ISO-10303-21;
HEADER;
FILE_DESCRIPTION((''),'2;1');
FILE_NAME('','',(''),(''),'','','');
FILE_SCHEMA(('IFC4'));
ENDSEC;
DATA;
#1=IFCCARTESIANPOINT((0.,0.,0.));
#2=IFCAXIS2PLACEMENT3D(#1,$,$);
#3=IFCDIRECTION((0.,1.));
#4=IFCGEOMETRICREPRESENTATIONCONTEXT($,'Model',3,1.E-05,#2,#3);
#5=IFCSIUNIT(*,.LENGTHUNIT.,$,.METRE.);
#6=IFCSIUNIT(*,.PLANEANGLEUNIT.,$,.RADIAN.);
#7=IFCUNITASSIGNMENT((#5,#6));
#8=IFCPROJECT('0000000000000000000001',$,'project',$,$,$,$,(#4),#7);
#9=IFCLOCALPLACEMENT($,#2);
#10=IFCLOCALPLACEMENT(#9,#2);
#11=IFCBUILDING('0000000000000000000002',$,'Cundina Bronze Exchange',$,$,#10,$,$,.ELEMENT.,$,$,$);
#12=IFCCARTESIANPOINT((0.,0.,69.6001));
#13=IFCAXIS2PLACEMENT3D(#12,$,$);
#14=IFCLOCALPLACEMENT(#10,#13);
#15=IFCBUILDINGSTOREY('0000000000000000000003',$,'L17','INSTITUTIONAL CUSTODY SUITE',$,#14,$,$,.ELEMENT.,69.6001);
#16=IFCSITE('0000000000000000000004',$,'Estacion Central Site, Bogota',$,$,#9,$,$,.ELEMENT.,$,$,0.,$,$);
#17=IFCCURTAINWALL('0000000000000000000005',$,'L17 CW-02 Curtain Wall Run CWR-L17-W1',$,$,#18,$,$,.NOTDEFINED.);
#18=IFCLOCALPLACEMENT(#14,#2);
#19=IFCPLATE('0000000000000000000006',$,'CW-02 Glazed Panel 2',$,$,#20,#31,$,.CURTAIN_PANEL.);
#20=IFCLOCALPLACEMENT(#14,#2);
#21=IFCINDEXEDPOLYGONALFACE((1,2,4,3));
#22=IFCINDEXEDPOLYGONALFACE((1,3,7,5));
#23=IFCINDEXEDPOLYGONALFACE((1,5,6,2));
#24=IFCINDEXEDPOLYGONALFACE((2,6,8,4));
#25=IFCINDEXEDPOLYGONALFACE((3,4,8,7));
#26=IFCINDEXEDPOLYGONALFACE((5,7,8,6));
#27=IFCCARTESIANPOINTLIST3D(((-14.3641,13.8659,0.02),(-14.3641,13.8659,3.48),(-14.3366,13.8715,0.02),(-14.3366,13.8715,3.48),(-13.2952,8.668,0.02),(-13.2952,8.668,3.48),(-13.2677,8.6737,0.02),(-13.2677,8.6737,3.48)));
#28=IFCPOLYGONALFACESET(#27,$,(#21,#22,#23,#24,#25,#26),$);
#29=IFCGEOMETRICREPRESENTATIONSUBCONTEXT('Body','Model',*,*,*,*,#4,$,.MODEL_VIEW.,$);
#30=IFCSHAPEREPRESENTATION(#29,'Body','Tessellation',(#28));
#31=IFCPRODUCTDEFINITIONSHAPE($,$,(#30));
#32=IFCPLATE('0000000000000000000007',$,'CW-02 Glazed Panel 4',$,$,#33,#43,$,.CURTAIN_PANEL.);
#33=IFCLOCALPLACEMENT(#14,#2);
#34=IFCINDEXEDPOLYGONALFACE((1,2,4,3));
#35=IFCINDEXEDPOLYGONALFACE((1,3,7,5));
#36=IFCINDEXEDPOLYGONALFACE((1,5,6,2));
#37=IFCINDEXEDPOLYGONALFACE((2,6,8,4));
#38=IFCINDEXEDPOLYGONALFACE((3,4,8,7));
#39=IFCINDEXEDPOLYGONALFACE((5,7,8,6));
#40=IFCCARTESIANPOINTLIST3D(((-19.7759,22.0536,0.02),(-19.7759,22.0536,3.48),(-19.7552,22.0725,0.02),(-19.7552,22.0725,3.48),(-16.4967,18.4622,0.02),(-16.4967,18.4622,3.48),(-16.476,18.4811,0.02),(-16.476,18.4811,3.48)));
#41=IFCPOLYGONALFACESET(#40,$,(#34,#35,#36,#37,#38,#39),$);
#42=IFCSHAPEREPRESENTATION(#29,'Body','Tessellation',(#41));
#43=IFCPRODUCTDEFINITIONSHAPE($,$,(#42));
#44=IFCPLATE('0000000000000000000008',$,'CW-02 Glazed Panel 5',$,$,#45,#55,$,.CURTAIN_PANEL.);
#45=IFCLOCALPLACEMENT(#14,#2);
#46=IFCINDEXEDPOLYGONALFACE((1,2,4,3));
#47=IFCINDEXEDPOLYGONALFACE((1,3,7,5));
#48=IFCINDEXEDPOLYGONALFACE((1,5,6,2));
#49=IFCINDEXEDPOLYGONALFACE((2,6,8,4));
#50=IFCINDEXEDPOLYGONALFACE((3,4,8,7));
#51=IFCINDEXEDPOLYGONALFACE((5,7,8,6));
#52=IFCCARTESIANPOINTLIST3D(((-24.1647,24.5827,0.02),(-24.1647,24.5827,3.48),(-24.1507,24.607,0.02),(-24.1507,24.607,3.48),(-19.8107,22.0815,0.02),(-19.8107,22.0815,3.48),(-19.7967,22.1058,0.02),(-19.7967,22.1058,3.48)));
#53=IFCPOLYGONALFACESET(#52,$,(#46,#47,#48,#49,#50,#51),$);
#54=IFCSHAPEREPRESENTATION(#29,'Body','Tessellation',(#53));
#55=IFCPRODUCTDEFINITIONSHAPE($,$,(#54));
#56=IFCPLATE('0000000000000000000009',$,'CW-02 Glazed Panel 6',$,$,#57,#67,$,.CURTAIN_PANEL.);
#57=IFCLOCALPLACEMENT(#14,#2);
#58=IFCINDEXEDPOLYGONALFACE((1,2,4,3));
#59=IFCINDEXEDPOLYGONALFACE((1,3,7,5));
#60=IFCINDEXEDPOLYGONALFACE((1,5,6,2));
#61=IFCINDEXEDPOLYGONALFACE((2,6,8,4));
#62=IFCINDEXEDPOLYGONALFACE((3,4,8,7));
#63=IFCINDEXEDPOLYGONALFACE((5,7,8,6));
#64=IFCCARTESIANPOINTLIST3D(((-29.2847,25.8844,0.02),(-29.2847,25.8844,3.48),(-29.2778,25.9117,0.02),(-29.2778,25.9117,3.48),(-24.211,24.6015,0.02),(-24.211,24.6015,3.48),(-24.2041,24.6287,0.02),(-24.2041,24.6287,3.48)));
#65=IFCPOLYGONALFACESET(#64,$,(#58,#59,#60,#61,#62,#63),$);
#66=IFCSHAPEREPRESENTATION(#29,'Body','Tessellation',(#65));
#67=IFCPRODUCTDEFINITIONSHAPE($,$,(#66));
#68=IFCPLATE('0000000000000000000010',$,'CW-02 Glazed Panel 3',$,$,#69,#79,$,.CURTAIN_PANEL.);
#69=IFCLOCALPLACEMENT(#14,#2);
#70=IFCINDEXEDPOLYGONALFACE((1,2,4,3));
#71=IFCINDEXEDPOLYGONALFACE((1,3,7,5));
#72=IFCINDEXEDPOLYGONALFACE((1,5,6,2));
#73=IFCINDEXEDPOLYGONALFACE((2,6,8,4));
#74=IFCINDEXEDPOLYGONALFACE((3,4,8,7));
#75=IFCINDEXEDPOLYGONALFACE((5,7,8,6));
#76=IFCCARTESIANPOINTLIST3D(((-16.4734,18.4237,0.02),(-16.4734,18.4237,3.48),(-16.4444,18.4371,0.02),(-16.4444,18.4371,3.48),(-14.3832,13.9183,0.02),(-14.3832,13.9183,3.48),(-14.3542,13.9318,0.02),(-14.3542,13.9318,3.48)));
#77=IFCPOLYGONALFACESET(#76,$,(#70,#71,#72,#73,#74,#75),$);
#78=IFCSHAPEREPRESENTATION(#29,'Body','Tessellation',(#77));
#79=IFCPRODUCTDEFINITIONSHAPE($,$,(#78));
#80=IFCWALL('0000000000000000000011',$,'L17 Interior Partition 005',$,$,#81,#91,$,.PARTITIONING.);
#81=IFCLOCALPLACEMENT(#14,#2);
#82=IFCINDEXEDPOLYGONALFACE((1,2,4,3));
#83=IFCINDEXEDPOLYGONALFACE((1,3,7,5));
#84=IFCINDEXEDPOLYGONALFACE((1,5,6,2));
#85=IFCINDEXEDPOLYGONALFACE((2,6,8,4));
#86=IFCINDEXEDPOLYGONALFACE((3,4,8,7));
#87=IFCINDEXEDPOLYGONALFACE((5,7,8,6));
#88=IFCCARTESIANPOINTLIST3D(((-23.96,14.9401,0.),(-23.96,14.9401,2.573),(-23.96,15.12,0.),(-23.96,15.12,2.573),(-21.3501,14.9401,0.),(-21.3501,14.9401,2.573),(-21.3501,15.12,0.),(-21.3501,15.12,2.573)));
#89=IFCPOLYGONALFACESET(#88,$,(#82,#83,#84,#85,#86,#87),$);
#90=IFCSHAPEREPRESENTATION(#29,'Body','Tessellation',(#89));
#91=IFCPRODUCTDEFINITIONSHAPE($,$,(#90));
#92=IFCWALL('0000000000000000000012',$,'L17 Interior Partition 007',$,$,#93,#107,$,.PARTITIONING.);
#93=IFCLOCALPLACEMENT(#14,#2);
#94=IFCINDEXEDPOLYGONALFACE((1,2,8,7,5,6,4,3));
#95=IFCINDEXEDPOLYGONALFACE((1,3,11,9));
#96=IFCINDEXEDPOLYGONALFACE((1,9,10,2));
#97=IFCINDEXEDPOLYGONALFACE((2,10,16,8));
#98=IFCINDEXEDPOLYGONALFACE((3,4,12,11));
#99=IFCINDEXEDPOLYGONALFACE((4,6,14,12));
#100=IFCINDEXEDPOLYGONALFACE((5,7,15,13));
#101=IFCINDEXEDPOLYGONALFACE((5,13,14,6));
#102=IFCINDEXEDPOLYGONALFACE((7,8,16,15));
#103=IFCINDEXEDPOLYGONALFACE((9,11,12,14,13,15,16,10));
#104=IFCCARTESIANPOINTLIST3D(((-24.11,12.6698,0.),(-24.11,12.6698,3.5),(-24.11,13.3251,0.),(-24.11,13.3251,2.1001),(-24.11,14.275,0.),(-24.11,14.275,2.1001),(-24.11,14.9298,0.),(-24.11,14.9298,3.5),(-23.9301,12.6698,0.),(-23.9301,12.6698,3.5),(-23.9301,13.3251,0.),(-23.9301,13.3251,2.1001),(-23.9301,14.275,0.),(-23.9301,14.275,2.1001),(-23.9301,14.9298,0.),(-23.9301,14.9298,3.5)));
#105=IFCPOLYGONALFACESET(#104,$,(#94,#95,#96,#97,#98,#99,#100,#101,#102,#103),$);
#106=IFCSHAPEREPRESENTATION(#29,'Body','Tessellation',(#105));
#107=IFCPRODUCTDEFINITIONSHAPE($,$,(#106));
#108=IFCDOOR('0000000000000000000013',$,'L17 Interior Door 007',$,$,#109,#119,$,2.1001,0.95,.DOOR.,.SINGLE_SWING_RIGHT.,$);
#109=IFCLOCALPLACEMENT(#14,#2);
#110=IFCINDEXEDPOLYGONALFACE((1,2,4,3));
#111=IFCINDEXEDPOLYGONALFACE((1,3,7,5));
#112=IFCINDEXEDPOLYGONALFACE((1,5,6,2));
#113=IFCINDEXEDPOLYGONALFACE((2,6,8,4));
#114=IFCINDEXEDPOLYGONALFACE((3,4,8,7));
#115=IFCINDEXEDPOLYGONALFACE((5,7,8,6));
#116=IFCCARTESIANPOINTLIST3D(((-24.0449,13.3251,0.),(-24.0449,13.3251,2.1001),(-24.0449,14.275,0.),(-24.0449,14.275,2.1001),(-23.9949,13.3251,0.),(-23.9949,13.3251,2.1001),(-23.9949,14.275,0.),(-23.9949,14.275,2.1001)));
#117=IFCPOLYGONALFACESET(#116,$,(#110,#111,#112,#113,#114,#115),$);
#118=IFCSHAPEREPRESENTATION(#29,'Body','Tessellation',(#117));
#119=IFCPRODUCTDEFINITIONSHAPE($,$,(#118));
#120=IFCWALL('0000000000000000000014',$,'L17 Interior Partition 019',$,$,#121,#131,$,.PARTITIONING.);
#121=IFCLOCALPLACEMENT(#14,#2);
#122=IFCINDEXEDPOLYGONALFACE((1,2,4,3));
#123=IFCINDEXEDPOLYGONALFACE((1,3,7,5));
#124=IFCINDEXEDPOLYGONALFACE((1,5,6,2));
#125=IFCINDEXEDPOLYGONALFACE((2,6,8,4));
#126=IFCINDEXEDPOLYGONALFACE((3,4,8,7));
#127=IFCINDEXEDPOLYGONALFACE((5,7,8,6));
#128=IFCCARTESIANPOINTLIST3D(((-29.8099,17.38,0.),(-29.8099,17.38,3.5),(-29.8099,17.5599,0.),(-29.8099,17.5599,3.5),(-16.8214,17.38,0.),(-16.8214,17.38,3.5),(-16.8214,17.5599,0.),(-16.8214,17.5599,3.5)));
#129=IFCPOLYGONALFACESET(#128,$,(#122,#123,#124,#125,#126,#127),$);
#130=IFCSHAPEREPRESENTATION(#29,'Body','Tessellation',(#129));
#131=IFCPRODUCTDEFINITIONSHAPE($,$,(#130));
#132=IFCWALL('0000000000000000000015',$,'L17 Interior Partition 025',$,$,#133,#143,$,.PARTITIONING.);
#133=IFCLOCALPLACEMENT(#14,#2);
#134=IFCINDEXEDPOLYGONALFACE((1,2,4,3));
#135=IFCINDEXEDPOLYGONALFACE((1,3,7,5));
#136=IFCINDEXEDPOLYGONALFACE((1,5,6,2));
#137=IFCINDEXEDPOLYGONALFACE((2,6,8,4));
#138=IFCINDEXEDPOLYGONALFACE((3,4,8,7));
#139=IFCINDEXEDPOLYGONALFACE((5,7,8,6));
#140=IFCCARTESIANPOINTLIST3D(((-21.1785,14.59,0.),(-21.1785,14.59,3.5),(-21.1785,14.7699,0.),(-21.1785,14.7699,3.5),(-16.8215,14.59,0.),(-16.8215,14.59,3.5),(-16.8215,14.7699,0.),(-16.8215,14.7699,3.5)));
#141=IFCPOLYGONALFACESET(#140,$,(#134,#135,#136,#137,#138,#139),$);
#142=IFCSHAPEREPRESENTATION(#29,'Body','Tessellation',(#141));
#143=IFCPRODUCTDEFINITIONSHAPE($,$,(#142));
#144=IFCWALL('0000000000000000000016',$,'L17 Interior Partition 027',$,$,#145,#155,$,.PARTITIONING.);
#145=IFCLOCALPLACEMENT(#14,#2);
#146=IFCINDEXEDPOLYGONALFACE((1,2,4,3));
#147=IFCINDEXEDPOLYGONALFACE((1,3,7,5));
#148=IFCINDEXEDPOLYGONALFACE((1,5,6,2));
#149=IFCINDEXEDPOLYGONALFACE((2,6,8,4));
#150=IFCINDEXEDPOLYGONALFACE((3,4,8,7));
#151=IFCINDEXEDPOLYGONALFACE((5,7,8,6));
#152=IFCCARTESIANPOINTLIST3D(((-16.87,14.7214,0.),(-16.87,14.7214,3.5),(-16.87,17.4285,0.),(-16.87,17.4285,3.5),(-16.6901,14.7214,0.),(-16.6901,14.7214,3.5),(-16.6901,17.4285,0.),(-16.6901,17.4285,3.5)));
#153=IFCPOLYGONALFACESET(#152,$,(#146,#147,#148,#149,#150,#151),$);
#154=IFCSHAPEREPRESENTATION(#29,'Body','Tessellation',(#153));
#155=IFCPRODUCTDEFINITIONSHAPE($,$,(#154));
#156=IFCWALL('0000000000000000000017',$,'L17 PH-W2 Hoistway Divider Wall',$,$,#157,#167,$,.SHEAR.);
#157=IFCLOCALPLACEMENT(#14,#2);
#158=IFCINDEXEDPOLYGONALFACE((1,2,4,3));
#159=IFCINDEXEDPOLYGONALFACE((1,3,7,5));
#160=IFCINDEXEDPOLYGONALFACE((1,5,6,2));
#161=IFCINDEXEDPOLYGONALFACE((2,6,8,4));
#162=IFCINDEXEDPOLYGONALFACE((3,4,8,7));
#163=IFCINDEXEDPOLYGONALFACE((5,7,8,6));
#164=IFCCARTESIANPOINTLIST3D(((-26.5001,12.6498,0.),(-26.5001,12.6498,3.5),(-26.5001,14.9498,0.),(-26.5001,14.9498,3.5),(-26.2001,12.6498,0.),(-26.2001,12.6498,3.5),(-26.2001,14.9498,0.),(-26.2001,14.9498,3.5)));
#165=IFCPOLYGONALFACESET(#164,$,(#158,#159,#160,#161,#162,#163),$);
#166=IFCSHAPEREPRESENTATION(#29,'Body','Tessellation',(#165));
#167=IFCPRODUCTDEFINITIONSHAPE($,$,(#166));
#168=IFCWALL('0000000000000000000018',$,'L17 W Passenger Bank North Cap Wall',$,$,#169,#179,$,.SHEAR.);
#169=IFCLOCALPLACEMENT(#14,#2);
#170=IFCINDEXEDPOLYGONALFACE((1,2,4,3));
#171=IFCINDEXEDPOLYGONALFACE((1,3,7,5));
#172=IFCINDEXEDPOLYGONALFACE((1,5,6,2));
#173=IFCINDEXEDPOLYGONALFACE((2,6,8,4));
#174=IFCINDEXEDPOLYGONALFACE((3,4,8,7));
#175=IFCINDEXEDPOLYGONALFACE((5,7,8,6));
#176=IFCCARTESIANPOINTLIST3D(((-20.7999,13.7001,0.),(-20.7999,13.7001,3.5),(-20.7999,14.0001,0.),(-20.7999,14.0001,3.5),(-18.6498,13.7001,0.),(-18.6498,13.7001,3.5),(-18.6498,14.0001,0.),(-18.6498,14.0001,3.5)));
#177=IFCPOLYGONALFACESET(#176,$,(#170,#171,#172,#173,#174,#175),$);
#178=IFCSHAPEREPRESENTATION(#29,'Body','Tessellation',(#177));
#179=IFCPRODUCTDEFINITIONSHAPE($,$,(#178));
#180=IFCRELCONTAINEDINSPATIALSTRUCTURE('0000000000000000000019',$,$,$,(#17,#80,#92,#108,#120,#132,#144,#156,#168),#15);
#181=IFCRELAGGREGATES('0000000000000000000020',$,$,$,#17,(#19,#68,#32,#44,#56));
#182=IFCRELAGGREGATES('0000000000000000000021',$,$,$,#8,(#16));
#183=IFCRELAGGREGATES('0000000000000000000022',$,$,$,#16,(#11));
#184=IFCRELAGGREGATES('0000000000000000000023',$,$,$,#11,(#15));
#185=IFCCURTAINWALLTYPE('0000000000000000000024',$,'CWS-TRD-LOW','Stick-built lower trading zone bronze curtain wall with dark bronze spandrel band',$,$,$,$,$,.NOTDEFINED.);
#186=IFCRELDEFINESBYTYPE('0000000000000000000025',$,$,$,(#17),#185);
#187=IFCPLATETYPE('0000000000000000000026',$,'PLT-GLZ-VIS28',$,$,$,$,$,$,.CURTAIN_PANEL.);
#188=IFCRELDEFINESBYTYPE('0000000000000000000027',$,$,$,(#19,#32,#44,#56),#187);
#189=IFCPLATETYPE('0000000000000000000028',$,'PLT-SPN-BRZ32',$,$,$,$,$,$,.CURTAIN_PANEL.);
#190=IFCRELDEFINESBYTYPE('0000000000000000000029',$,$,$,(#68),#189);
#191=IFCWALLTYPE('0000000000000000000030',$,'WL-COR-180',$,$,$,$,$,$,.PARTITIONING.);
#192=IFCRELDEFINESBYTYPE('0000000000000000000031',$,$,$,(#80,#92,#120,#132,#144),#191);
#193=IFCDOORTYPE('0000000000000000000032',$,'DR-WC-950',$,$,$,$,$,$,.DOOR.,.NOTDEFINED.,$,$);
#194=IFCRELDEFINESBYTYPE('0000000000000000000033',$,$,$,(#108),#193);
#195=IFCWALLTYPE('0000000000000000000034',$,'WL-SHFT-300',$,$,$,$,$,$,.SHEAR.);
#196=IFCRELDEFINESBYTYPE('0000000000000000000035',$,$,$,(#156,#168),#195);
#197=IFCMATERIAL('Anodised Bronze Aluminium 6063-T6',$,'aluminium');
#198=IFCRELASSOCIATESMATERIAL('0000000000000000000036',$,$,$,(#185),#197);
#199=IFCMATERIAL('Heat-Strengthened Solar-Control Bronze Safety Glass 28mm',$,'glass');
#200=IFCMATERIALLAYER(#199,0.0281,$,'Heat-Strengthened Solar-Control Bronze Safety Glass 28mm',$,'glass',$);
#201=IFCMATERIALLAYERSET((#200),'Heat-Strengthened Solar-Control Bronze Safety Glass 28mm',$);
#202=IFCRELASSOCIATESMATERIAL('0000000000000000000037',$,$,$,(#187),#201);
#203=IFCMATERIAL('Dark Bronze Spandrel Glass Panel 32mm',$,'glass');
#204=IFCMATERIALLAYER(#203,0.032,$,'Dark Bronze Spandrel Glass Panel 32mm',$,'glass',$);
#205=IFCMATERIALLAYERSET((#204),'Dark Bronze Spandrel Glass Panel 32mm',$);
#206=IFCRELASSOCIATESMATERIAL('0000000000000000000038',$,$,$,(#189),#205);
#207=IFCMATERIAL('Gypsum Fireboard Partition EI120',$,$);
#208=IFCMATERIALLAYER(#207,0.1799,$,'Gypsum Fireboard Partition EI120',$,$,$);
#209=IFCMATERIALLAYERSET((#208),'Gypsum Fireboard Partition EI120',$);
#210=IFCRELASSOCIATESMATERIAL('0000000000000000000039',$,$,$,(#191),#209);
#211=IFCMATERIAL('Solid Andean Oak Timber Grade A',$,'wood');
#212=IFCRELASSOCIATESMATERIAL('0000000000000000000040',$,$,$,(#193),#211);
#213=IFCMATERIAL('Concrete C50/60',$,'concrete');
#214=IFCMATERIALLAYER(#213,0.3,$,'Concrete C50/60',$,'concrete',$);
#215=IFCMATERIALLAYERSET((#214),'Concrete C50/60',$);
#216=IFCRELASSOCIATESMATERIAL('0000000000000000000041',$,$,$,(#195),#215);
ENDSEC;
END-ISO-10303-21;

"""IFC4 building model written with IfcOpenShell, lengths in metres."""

from ifc_helpers import new_model, si_unit, direction, frame, frame_2d, origin, origin_2d, place, context, subcontext, project, spatial, rectangle, extrude, material, layer, layer_set, type_object, element, fill, aggregate, save


model = new_model("IFC4")

# Units and contexts
model_context = context("Model", 3, precision=1e-05, world=origin(), true_north=direction((0.0, 1.0)))
body_context = subcontext(model_context, "Body", "Model", "MODEL_VIEW")
ifc_project = project(units=[si_unit("LENGTHUNIT", "METRE"), si_unit("PLANEANGLEUNIT", "RADIAN")], contexts=[model_context])

# Site, building, storey
site_placement = place(None, origin())
site = spatial("IfcSite", under=ifc_project, at=site_placement, Name="Estacion Central Site, Bogota", CompositionType="ELEMENT", RefElevation=0.0)
building_placement = place(site_placement, origin())
building = spatial("IfcBuilding", under=site, at=building_placement, Name="Cundina Bronze Exchange", CompositionType="ELEMENT")
storey_placement = place(building_placement, frame((0.0, 0.0, 69.6001)))
storey = spatial("IfcBuildingStorey", under=building, at=storey_placement, Name="L17", Description="INSTITUTIONAL CUSTODY SUITE", CompositionType="ELEMENT", Elevation=69.6001)

# Curtain wall, plates
ifc_material_1 = material(Name="Anodised Bronze Aluminium 6063-T6", Category="aluminium")
curtain_wall_type = type_object("IfcCurtainWallType", Name="CWS-TRD-LOW", Description="Stick-built lower trading zone bronze curtain wall with dark bronze spandrel band", PredefinedType="NOTDEFINED", material=ifc_material_1)
curtain_wall_placement = place(storey_placement, origin())
curtain_wall = element("IfcCurtainWall", 1, at=curtain_wall_placement, inside=storey, type_object=curtain_wall_type, Name="L17 CW-02 Curtain Wall Run CWR-L17-W1", PredefinedType="NOTDEFINED")
ifc_material_2 = material(Name="Heat-Strengthened Solar-Control Bronze Safety Glass 28mm", Category="glass")
ifc_layer_1 = layer(ifc_material_2, 0.0281, Name="Heat-Strengthened Solar-Control Bronze Safety Glass 28mm", Category="glass")
ifc_layer_set_1 = layer_set([ifc_layer_1], Name="Heat-Strengthened Solar-Control Bronze Safety Glass 28mm")
plate_type_1 = type_object("IfcPlateType", Name="PLT-GLZ-VIS28", PredefinedType="CURTAIN_PANEL", material=ifc_layer_set_1)
plate_1_placement = place(storey_placement, frame((-13.8159, 11.2698, 0.02), z_axis=(0.0, 0.0, 1.0), x_axis=(-0.20142, 0.979505, 0.0)))
plate_1 = element("IfcPlate", 2, at=plate_1_placement, type_object=plate_type_1, Name="CW-02 Glazed Panel 2", PredefinedType="CURTAIN_PANEL", context=body_context, shape_type="SweptSolid", body=[
    extrude(rectangle(XDim=5.3066, YDim=0.0281, at=origin_2d()), origin(), (0.0, 0.0, 1.0), 3.46),
])
plate_2_placement = place(storey_placement, frame((-18.126, 20.2673, 0.02), z_axis=(0.0, 0.0, 1.0), x_axis=(-0.674277, 0.738479, 0.0)))
plate_2 = element("IfcPlate", 3, at=plate_2_placement, type_object=plate_type_1, Name="CW-02 Glazed Panel 4", PredefinedType="CURTAIN_PANEL", context=body_context, shape_type="SweptSolid", body=[
    extrude(rectangle(XDim=4.8633, YDim=0.0281, at=origin_2d()), origin(), (0.0, 0.0, 1.0), 3.46),
])
plate_3_placement = place(storey_placement, frame((-21.9807, 23.3442, 0.02), z_axis=(0.0, 0.0, 1.0), x_axis=(-0.867105, 0.498125, 0.0)))
plate_3 = element("IfcPlate", 4, at=plate_3_placement, type_object=plate_type_1, Name="CW-02 Glazed Panel 5", PredefinedType="CURTAIN_PANEL", context=body_context, shape_type="SweptSolid", body=[
    extrude(rectangle(XDim=5.0212, YDim=0.0281, at=origin_2d()), origin(), (0.0, 0.0, 1.0), 3.46),
])
plate_4_placement = place(storey_placement, frame((-26.7444, 25.2566, 0.02), z_axis=(0.0, 0.0, 1.0), x_axis=(-0.969488, 0.245138, 0.0)))
plate_4 = element("IfcPlate", 5, at=plate_4_placement, type_object=plate_type_1, Name="CW-02 Glazed Panel 6", PredefinedType="CURTAIN_PANEL", context=body_context, shape_type="SweptSolid", body=[
    extrude(rectangle(XDim=5.2334, YDim=0.0281, at=origin_2d()), origin(), (0.0, 0.0, 1.0), 3.46),
])
ifc_material_3 = material(Name="Dark Bronze Spandrel Glass Panel 32mm", Category="glass")
ifc_layer_2 = layer(ifc_material_3, 0.032, Name="Dark Bronze Spandrel Glass Panel 32mm", Category="glass")
ifc_layer_set_2 = layer_set([ifc_layer_2], Name="Dark Bronze Spandrel Glass Panel 32mm")
plate_type_2 = type_object("IfcPlateType", Name="PLT-SPN-BRZ32", PredefinedType="CURTAIN_PANEL", material=ifc_layer_set_2)
plate_5_placement = place(storey_placement, frame((-15.4138, 16.1777, 0.02), z_axis=(0.0, 0.0, 1.0), x_axis=(-0.420846, 0.907132, 0.0)))
plate_5 = element("IfcPlate", 6, at=plate_5_placement, type_object=plate_type_2, Name="CW-02 Glazed Panel 3", PredefinedType="CURTAIN_PANEL", context=body_context, shape_type="SweptSolid", body=[
    extrude(rectangle(XDim=4.9666, YDim=0.032, at=origin_2d()), origin(), (0.0, 0.0, 1.0), 3.46),
])
aggregate(curtain_wall, [plate_1, plate_5, plate_2, plate_3, plate_4])

# Wall
ifc_material_4 = material(Name="Gypsum Fireboard Partition EI120")
ifc_layer_3 = layer(ifc_material_4, 0.1799, Name="Gypsum Fireboard Partition EI120")
ifc_layer_set_3 = layer_set([ifc_layer_3], Name="Gypsum Fireboard Partition EI120")
wall_type_1 = type_object("IfcWallType", Name="WL-COR-180", PredefinedType="PARTITIONING", material=ifc_layer_set_3)
wall_1_placement = place(storey_placement, frame((-23.96, 15.03, 0.0), z_axis=(0.0, 0.0, 1.0), x_axis=(1.0, 0.0, 0.0)))
element("IfcWall", 7, at=wall_1_placement, inside=storey, type_object=wall_type_1, Name="L17 Interior Partition 005", PredefinedType="PARTITIONING", context=body_context, shape_type="SweptSolid", body=[
    extrude(rectangle(XDim=2.6099, YDim=0.1799, at=frame_2d((1.3049, 0.0))), origin(), (0.0, 0.0, 1.0), 2.573),
])

# Wall, opening, door
wall_2_placement = place(storey_placement, frame((-24.02, 12.6699, 0.0), z_axis=(0.0, 0.0, 1.0), x_axis=(0.0, 1.0, 0.0)))
wall_2 = element("IfcWall", 8, at=wall_2_placement, inside=storey, type_object=wall_type_1, Name="L17 Interior Partition 007", PredefinedType="PARTITIONING", context=body_context, shape_type="SweptSolid", body=[
    extrude(rectangle(XDim=2.26, YDim=0.1799, at=frame_2d((1.1299, 0.0))), origin(), (0.0, 0.0, 1.0), 3.5),
])
opening_1_placement = place(wall_2_placement, frame((0.655, 0.0, 0.0)))
opening_1 = element("IfcOpeningElement", 9, at=opening_1_placement, cuts=wall_2, PredefinedType="OPENING", context=body_context, shape_type="SweptSolid", body=[
    extrude(rectangle(XDim=0.95, YDim=2.1001, at=frame_2d((0.4751, 1.05))), frame((0.0, 0.0999, 0.0), z_axis=(0.0, -1.0, 0.0), x_axis=(1.0, 0.0, 0.0)), (0.0, 0.0, 1.0), 0.2),
])
ifc_material_5 = material(Name="Solid Andean Oak Timber Grade A", Category="wood")
door_type_1 = type_object("IfcDoorType", Name="DR-WC-950", OperationType="NOTDEFINED", PredefinedType="DOOR", material=ifc_material_5)
door_1_placement = place(opening_1_placement, origin())
door_1 = element("IfcDoor", 10, at=door_1_placement, inside=storey, type_object=door_type_1, Name="L17 Interior Door 007", OperationType="SINGLE_SWING_RIGHT", OverallHeight=2.1001, OverallWidth=0.95, PredefinedType="DOOR", context=body_context, shape_type="SweptSolid", body=[
    extrude(rectangle(XDim=0.95, YDim=2.1001, at=frame_2d((0.4751, 1.05))), frame((0.0, 0.0249, 0.0), z_axis=(0.0, -1.0, 0.0), x_axis=(1.0, 0.0, 0.0)), (0.0, 0.0, 1.0), 0.05),
])
fill(opening_1, door_1)

# Walls
wall_3_placement = place(storey_placement, frame((-16.8215, 17.47, 0.0), z_axis=(0.0, 0.0, 1.0), x_axis=(-1.0, 0.0, 0.0)))
element("IfcWall", 11, at=wall_3_placement, inside=storey, type_object=wall_type_1, Name="L17 Interior Partition 019", PredefinedType="PARTITIONING", context=body_context, shape_type="SweptSolid", body=[
    extrude(rectangle(XDim=12.9885, YDim=0.1799, at=frame_2d((6.4941, 0.0))), origin(), (0.0, 0.0, 1.0), 3.5),
])
wall_4_placement = place(storey_placement, frame((-21.1785, 14.6799, 0.0), z_axis=(0.0, 0.0, 1.0), x_axis=(1.0, 0.0, 0.0)))
element("IfcWall", 12, at=wall_4_placement, inside=storey, type_object=wall_type_1, Name="L17 Interior Partition 025", PredefinedType="PARTITIONING", context=body_context, shape_type="SweptSolid", body=[
    extrude(rectangle(XDim=4.3569, YDim=0.1799, at=frame_2d((2.1785, 0.0))), origin(), (0.0, 0.0, 1.0), 3.5),
])
wall_5_placement = place(storey_placement, frame((-16.78, 14.7214, 0.0), z_axis=(0.0, 0.0, 1.0), x_axis=(0.0, 1.0, 0.0)))
element("IfcWall", 13, at=wall_5_placement, inside=storey, type_object=wall_type_1, Name="L17 Interior Partition 027", PredefinedType="PARTITIONING", context=body_context, shape_type="SweptSolid", body=[
    extrude(rectangle(XDim=2.707, YDim=0.1799, at=frame_2d((1.3535, 0.0))), origin(), (0.0, 0.0, 1.0), 3.5),
])

# Shared definitions
ifc_material_6 = material(Name="Concrete C50/60", Category="concrete")
ifc_layer_4 = layer(ifc_material_6, 0.3, Name="Concrete C50/60", Category="concrete")
ifc_layer_set_4 = layer_set([ifc_layer_4], Name="Concrete C50/60")
wall_type_2 = type_object("IfcWallType", Name="WL-SHFT-300", PredefinedType="SHEAR", material=ifc_layer_set_4)

# Walls
wall_6_placement = place(storey_placement, frame((-26.3501, 12.6499, 0.0), z_axis=(0.0, 0.0, 1.0), x_axis=(0.0, 1.0, 0.0)))
element("IfcWall", 14, at=wall_6_placement, inside=storey, type_object=wall_type_2, Name="L17 PH-W2 Hoistway Divider Wall", PredefinedType="SHEAR", context=body_context, shape_type="SweptSolid", body=[
    extrude(rectangle(XDim=2.3, YDim=0.3, at=frame_2d((1.1499, 0.0))), origin(), (0.0, 0.0, 1.0), 3.5),
])
wall_7_placement = place(storey_placement, frame((-20.8, 13.8501, 0.0), z_axis=(0.0, 0.0, 1.0), x_axis=(1.0, 0.0, 0.0)))
element("IfcWall", 15, at=wall_7_placement, inside=storey, type_object=wall_type_2, Name="L17 W Passenger Bank North Cap Wall", PredefinedType="SHEAR", context=body_context, shape_type="SweptSolid", body=[
    extrude(rectangle(XDim=2.1501, YDim=0.3, at=frame_2d((1.0752, 0.0))), origin(), (0.0, 0.0, 1.0), 3.5),
])

save(model, "model.ifc")
